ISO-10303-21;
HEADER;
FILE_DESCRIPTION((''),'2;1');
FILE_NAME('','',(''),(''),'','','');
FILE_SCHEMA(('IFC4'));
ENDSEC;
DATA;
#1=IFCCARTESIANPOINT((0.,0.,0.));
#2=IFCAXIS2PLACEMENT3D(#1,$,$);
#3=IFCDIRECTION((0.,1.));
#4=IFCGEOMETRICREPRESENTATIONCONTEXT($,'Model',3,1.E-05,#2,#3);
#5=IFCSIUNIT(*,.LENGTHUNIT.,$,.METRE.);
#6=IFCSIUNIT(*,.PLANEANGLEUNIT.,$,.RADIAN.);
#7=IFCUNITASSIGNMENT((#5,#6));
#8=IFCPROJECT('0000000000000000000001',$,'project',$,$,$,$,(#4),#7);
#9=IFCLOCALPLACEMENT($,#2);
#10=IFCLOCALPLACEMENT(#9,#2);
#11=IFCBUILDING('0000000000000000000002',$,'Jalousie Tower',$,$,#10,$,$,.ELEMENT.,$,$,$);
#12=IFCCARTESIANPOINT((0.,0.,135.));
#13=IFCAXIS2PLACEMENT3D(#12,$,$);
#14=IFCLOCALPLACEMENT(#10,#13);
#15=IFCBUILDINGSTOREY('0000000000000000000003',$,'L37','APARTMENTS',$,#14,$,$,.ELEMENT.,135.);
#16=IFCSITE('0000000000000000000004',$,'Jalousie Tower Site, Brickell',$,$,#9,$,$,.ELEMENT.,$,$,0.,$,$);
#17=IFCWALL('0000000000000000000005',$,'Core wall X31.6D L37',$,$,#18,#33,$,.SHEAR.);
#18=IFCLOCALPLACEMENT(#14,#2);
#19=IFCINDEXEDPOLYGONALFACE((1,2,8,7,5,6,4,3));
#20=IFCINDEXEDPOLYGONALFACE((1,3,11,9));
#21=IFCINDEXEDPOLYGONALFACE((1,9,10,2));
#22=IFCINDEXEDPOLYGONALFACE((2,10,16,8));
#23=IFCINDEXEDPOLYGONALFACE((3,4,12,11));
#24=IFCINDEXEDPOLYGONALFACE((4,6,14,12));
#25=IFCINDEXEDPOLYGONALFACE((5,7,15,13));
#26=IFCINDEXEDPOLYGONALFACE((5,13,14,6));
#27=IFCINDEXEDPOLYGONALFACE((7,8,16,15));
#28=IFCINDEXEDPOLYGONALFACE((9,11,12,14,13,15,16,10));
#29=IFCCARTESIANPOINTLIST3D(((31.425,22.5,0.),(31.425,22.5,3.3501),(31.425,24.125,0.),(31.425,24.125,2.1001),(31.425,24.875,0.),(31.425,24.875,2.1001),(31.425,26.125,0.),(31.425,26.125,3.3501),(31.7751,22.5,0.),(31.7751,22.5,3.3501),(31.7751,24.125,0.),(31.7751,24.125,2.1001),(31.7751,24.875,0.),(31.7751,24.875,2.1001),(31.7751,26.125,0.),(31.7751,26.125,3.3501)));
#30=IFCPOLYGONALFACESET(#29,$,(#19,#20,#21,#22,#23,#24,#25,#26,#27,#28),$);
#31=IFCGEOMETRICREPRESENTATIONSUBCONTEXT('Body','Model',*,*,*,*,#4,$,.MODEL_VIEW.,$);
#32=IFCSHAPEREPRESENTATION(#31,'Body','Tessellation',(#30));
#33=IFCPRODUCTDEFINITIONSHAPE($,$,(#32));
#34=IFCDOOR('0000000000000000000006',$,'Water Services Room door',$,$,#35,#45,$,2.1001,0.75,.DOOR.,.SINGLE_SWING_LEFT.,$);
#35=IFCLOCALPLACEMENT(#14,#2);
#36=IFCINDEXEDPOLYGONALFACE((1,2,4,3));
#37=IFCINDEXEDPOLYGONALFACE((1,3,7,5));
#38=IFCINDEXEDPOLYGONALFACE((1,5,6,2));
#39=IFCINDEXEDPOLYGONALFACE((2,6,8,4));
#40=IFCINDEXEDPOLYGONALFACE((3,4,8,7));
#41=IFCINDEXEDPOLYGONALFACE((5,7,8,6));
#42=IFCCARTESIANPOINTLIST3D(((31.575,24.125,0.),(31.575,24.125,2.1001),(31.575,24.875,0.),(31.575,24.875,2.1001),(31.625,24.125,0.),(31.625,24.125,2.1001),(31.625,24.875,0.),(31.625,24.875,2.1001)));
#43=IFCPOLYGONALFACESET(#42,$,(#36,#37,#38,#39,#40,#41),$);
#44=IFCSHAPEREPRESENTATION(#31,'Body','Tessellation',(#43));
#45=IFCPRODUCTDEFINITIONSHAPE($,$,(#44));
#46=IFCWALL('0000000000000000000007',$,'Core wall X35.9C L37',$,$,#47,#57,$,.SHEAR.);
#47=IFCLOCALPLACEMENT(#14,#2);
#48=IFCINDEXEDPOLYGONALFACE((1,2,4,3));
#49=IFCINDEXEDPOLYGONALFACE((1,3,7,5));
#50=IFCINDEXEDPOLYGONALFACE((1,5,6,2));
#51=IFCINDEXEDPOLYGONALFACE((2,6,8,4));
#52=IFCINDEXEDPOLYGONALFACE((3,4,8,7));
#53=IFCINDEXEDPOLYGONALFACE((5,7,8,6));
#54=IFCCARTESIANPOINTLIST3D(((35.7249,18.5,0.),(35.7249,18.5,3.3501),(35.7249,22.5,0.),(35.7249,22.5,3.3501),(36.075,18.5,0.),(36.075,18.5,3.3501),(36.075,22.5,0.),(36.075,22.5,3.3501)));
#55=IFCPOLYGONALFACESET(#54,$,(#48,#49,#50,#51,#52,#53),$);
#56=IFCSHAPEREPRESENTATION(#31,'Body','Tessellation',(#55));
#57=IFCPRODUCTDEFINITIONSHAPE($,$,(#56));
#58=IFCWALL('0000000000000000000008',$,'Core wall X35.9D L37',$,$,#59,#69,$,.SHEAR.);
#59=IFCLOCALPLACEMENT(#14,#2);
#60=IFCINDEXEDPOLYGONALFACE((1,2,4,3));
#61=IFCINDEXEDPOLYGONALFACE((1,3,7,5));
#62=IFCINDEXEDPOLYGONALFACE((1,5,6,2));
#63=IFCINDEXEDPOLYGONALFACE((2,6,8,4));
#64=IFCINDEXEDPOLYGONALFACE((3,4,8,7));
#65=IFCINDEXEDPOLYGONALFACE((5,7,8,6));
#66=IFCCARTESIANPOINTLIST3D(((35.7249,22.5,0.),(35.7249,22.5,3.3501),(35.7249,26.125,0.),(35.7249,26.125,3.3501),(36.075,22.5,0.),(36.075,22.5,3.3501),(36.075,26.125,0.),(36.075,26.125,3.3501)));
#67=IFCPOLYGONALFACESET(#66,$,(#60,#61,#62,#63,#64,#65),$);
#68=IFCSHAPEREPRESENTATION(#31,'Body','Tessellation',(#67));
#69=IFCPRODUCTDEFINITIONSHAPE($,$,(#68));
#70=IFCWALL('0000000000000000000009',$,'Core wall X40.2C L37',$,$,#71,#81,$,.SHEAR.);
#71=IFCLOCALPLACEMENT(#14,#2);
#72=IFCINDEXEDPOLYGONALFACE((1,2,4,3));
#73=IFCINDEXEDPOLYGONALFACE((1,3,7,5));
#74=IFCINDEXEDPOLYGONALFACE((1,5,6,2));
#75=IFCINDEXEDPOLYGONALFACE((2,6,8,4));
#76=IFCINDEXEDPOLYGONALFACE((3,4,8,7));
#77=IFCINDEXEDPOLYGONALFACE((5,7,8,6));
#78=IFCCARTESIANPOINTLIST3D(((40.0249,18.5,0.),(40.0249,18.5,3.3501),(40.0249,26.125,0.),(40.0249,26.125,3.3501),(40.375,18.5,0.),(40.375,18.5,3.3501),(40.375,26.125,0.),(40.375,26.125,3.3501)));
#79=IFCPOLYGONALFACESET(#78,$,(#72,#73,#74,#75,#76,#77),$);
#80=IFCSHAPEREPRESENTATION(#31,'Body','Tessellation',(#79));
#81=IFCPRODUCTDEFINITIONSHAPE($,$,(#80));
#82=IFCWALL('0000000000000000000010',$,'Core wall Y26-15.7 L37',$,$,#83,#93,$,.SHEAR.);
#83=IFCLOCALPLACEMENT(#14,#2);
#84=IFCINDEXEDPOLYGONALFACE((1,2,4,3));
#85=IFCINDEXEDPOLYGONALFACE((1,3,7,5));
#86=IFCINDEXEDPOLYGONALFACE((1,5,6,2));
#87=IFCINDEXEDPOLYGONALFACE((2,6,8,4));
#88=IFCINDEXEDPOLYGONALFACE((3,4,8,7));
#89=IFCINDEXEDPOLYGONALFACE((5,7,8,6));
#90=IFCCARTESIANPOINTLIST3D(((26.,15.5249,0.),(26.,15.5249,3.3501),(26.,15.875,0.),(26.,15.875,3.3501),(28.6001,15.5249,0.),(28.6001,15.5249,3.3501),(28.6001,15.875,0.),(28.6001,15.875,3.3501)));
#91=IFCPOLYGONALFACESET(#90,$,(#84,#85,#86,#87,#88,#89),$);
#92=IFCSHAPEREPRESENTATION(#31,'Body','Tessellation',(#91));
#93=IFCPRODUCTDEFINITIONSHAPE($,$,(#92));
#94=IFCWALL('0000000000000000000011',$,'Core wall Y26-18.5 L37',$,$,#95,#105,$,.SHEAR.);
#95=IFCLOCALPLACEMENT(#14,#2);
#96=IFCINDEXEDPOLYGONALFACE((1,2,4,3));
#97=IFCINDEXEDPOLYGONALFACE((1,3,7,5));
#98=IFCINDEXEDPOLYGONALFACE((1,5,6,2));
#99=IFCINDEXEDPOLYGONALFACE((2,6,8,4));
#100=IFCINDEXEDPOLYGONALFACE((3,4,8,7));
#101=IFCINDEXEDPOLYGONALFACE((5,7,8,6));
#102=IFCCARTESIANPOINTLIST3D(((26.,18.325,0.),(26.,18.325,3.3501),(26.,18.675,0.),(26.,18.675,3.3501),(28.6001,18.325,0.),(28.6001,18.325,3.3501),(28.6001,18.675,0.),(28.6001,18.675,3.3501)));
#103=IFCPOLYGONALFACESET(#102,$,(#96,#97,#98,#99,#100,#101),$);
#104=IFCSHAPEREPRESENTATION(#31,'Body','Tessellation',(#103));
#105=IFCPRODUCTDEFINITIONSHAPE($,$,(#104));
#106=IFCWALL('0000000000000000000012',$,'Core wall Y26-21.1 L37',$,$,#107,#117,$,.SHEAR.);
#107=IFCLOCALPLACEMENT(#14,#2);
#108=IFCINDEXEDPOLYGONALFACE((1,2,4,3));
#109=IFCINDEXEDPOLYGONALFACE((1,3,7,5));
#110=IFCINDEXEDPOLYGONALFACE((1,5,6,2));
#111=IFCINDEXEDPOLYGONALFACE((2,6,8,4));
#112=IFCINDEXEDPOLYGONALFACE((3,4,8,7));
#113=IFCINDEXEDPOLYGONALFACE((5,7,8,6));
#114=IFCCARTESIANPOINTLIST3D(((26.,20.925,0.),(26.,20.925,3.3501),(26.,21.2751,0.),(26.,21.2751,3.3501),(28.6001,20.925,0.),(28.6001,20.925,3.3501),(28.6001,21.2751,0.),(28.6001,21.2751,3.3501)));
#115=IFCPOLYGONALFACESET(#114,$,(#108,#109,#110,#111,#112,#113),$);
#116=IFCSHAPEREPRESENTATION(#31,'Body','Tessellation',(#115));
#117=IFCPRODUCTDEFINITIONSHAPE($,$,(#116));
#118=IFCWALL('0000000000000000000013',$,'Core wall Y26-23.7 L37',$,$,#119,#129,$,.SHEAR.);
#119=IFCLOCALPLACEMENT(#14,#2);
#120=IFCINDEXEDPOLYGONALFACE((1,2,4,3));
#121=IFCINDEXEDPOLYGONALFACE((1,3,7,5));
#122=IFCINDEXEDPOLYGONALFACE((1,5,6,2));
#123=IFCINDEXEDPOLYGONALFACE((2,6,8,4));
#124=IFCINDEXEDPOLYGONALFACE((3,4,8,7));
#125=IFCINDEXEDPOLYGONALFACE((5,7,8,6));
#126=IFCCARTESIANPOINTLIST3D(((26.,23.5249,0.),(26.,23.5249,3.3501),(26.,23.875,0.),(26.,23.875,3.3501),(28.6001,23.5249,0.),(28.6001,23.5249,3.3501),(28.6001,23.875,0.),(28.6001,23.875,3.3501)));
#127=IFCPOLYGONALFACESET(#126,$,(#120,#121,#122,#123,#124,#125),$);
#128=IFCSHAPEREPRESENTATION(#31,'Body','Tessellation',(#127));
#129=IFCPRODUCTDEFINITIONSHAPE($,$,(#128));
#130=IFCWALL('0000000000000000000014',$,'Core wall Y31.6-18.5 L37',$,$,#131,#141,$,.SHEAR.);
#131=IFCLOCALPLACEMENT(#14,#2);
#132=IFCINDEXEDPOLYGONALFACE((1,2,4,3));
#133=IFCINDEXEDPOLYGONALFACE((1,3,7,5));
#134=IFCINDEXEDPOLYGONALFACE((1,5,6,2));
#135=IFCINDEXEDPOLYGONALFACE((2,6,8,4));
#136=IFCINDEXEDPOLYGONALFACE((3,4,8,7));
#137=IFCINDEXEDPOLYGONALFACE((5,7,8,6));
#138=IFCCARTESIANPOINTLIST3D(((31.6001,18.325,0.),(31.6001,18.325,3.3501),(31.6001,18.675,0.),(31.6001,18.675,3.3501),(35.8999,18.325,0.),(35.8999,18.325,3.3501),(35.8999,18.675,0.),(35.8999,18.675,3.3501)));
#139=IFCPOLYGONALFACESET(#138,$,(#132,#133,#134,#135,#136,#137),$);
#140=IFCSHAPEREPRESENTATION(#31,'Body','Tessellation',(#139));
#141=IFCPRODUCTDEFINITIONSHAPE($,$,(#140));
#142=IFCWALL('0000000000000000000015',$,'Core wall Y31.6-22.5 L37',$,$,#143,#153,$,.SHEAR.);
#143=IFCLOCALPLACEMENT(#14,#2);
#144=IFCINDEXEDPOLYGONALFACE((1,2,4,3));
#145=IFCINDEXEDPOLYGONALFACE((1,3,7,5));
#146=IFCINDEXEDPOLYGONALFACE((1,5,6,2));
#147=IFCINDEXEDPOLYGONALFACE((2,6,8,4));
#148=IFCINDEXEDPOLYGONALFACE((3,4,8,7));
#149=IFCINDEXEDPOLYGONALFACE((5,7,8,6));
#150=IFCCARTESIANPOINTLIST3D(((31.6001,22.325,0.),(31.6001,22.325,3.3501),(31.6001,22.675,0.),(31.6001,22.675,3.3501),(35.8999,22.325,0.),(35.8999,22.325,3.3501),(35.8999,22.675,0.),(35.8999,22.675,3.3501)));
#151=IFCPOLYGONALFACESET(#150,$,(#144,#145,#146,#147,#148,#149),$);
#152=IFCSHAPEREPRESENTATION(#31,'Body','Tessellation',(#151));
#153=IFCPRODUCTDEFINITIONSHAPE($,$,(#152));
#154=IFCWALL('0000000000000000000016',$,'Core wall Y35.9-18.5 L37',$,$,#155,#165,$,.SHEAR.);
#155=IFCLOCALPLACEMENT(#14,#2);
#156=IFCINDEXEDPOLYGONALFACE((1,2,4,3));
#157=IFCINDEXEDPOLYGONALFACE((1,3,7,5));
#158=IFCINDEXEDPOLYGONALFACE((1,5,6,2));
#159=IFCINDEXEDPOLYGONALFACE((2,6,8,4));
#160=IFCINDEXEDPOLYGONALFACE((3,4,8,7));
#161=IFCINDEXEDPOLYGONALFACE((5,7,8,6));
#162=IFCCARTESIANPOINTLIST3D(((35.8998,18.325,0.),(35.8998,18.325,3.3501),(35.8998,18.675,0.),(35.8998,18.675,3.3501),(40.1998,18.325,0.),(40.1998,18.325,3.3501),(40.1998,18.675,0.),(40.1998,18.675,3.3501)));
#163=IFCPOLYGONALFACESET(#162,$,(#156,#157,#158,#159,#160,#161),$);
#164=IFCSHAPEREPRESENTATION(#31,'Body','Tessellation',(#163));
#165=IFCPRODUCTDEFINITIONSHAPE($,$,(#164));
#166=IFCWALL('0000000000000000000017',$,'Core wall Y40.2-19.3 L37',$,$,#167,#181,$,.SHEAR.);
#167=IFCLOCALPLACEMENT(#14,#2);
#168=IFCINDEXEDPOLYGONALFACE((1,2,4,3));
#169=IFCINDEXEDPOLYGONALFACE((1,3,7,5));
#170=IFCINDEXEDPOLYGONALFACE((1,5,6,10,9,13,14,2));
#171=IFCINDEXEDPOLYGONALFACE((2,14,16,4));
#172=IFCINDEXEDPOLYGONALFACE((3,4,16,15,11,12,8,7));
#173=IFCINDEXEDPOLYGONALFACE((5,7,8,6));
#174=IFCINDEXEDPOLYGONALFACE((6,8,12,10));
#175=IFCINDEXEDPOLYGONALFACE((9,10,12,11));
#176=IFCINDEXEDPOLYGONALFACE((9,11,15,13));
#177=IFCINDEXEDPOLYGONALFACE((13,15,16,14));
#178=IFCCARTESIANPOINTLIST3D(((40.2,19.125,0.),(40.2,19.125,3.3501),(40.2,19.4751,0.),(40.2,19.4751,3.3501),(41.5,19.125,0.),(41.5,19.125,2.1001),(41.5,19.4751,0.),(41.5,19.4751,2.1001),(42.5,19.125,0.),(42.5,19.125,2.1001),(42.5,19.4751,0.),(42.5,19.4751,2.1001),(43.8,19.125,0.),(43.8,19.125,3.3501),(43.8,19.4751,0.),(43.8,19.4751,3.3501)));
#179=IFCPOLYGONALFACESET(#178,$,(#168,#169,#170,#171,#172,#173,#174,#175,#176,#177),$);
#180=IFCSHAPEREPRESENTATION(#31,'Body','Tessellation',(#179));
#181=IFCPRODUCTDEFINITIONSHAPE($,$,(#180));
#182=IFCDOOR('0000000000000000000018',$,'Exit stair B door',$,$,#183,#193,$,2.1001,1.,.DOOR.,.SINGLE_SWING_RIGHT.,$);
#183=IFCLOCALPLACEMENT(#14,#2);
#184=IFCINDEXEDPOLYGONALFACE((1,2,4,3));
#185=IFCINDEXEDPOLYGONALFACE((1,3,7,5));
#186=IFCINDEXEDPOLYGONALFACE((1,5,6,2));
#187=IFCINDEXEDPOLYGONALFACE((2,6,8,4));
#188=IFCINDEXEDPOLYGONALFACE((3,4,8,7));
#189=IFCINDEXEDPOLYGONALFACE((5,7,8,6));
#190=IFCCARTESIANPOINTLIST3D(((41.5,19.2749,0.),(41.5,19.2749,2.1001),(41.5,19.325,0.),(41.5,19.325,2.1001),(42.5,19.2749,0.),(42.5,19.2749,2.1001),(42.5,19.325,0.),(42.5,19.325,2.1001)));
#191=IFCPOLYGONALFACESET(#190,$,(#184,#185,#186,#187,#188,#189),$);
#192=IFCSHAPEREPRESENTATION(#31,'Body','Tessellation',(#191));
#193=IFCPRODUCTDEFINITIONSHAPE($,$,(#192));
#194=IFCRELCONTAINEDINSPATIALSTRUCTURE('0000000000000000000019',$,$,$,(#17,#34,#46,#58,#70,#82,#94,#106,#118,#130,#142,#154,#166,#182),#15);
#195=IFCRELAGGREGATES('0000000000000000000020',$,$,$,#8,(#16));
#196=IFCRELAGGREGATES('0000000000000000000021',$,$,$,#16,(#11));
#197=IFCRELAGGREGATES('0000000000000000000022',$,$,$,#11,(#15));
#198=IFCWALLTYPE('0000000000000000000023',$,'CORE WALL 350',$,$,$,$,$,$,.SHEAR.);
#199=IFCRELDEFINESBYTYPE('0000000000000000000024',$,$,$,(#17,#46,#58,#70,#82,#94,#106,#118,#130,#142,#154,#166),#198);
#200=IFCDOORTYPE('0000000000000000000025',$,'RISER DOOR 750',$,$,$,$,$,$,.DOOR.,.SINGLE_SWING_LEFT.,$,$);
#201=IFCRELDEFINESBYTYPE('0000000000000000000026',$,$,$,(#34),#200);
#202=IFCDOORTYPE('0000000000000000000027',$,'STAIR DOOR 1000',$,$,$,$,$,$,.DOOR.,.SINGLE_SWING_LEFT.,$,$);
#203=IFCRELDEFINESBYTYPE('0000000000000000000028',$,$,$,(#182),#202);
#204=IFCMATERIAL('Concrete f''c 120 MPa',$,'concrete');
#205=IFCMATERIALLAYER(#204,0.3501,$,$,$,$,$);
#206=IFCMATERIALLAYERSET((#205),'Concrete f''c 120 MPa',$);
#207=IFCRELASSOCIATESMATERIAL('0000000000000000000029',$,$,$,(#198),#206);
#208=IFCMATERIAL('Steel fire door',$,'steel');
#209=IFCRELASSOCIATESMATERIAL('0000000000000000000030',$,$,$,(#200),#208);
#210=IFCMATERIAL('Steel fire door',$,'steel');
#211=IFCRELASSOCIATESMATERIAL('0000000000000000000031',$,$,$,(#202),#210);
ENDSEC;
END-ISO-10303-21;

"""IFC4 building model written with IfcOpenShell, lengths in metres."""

from ifc_helpers import new_model, si_unit, direction, frame, frame_2d, origin, place, context, subcontext, project, spatial, rectangle, extrude, material, layer, layer_set, type_object, element, fill, save


model = new_model("IFC4")

# Units and contexts
model_context = context("Model", 3, precision=1e-05, world=origin(), true_north=direction((0.0, 1.0)))
body_context = subcontext(model_context, "Body", "Model", "MODEL_VIEW")
ifc_project = project(units=[si_unit("LENGTHUNIT", "METRE"), si_unit("PLANEANGLEUNIT", "RADIAN")], contexts=[model_context])

# Site, building, storey
site_placement = place(None, origin())
site = spatial("IfcSite", under=ifc_project, at=site_placement, Name="Jalousie Tower Site, Brickell", CompositionType="ELEMENT", RefElevation=0.0)
building_placement = place(site_placement, origin())
building = spatial("IfcBuilding", under=site, at=building_placement, Name="Jalousie Tower", CompositionType="ELEMENT")
storey_placement = place(building_placement, frame((0.0, 0.0, 135.0)))
storey = spatial("IfcBuildingStorey", under=building, at=storey_placement, Name="L37", Description="APARTMENTS", CompositionType="ELEMENT", Elevation=135.0)

# Shared definitions
ifc_material_1 = material(Name="Concrete f'c 120 MPa", Category="concrete")
ifc_layer_1 = layer(ifc_material_1, 0.3501)
ifc_layer_set_1 = layer_set([ifc_layer_1], Name="Concrete f'c 120 MPa")
wall_type_1 = type_object("IfcWallType", Name="CORE WALL 350", PredefinedType="SHEAR", material=ifc_layer_set_1)

# Wall, opening, door
ifc_material_2 = material(Name="Steel fire door", Category="steel")
door_type_1 = type_object("IfcDoorType", Name="RISER DOOR 750", OperationType="SINGLE_SWING_LEFT", PredefinedType="DOOR", material=ifc_material_2)
wall_1_placement = place(storey_placement, frame((31.6001, 22.5, 0.0), z_axis=(0.0, 0.0, 1.0), x_axis=(0.0, 1.0, 0.0)))
wall_1 = element("IfcWall", 1, at=wall_1_placement, inside=storey, type_object=wall_type_1, Name="Core wall X31.6D L37", PredefinedType="SHEAR", context=body_context, shape_type="SweptSolid", body=[
    extrude(rectangle(XDim=3.625, YDim=0.3501, at=frame_2d((1.8125, 0.0))), origin(), (0.0, 0.0, 1.0), 3.3501),
])
opening_1_placement = place(wall_1_placement, frame((1.625, 0.0, 0.0)))
opening_1 = element("IfcOpeningElement", 2, at=opening_1_placement, cuts=wall_1, PredefinedType="OPENING", context=body_context, shape_type="SweptSolid", body=[
    extrude(rectangle(XDim=0.75, YDim=2.1001, at=frame_2d((0.375, 1.05))), frame((0.0, 0.1851, 0.0), z_axis=(0.0, -1.0, 0.0), x_axis=(1.0, 0.0, 0.0)), (0.0, 0.0, 1.0), 0.3701),
])
door_1_placement = place(opening_1_placement, frame((0.75, 0.0, 0.0), z_axis=(0.0, 0.0, 1.0), x_axis=(-1.0, 0.0, 0.0)))
door_1 = element("IfcDoor", 3, at=door_1_placement, inside=storey, type_object=door_type_1, Name="Water Services Room door", OperationType="SINGLE_SWING_LEFT", OverallHeight=2.1001, OverallWidth=0.75, PredefinedType="DOOR", context=body_context, shape_type="SweptSolid", body=[
    extrude(rectangle(XDim=0.75, YDim=2.1001, at=frame_2d((0.375, 1.05))), frame((0.0, 0.0249, 0.0), z_axis=(0.0, -1.0, 0.0), x_axis=(1.0, 0.0, 0.0)), (0.0, 0.0, 1.0), 0.05),
])
fill(opening_1, door_1)

# Walls
wall_2_placement = place(storey_placement, frame((35.8999, 18.5, 0.0), z_axis=(0.0, 0.0, 1.0), x_axis=(0.0, 1.0, 0.0)))
element("IfcWall", 4, at=wall_2_placement, inside=storey, type_object=wall_type_1, Name="Core wall X35.9C L37", PredefinedType="SHEAR", context=body_context, shape_type="SweptSolid", body=[
    extrude(rectangle(XDim=4.0, YDim=0.3501, at=frame_2d((2.0, 0.0))), origin(), (0.0, 0.0, 1.0), 3.3501),
])
wall_3_placement = place(storey_placement, frame((35.8999, 22.5, 0.0), z_axis=(0.0, 0.0, 1.0), x_axis=(0.0, 1.0, 0.0)))
element("IfcWall", 5, at=wall_3_placement, inside=storey, type_object=wall_type_1, Name="Core wall X35.9D L37", PredefinedType="SHEAR", context=body_context, shape_type="SweptSolid", body=[
    extrude(rectangle(XDim=3.625, YDim=0.3501, at=frame_2d((1.8125, 0.0))), origin(), (0.0, 0.0, 1.0), 3.3501),
])
wall_4_placement = place(storey_placement, frame((40.2, 18.5, 0.0), z_axis=(0.0, 0.0, 1.0), x_axis=(0.0, 1.0, 0.0)))
element("IfcWall", 6, at=wall_4_placement, inside=storey, type_object=wall_type_1, Name="Core wall X40.2C L37", PredefinedType="SHEAR", context=body_context, shape_type="SweptSolid", body=[
    extrude(rectangle(XDim=7.625, YDim=0.3501, at=frame_2d((3.8125, 0.0))), origin(), (0.0, 0.0, 1.0), 3.3501),
])
for number, where, z_axis, x_axis, name in (
    (7, (26.0, 15.7, 0.0), (0.0, 0.0, 1.0), (1.0, 0.0, 0.0), "Core wall Y26-15.7 L37"),
    (8, (26.0, 18.5, 0.0), (0.0, 0.0, 1.0), (1.0, 0.0, 0.0), "Core wall Y26-18.5 L37"),
    (9, (26.0, 21.1001, 0.0), (0.0, 0.0, 1.0), (1.0, 0.0, 0.0), "Core wall Y26-21.1 L37"),
    (10, (26.0, 23.7, 0.0), (0.0, 0.0, 1.0), (1.0, 0.0, 0.0), "Core wall Y26-23.7 L37"),
):
    element("IfcWall", number, at=place(storey_placement, frame(where, z_axis=z_axis, x_axis=x_axis)), inside=storey, type_object=wall_type_1, Name=name, PredefinedType="SHEAR", context=body_context, shape_type="SweptSolid", body=[
        extrude(rectangle(XDim=2.6001, YDim=0.3501, at=frame_2d((1.3, 0.0))), origin(), (0.0, 0.0, 1.0), 3.3501),
    ])
for number, where, z_axis, x_axis, name in (
    (11, (31.6001, 18.5, 0.0), (0.0, 0.0, 1.0), (1.0, 0.0, 0.0), "Core wall Y31.6-18.5 L37"),
    (12, (31.6001, 22.5, 0.0), (0.0, 0.0, 1.0), (1.0, 0.0, 0.0), "Core wall Y31.6-22.5 L37"),
):
    element("IfcWall", number, at=place(storey_placement, frame(where, z_axis=z_axis, x_axis=x_axis)), inside=storey, type_object=wall_type_1, Name=name, PredefinedType="SHEAR", context=body_context, shape_type="SweptSolid", body=[
        extrude(rectangle(XDim=4.2998, YDim=0.3501, at=frame_2d((2.1499, 0.0))), origin(), (0.0, 0.0, 1.0), 3.3501),
    ])
wall_5_placement = place(storey_placement, frame((35.8999, 18.5, 0.0), z_axis=(0.0, 0.0, 1.0), x_axis=(1.0, 0.0, 0.0)))
element("IfcWall", 13, at=wall_5_placement, inside=storey, type_object=wall_type_1, Name="Core wall Y35.9-18.5 L37", PredefinedType="SHEAR", context=body_context, shape_type="SweptSolid", body=[
    extrude(rectangle(XDim=4.3, YDim=0.3501, at=frame_2d((2.1499, 0.0))), origin(), (0.0, 0.0, 1.0), 3.3501),
])

# Wall, opening, door
wall_6_placement = place(storey_placement, frame((40.2, 19.3, 0.0), z_axis=(0.0, 0.0, 1.0), x_axis=(1.0, 0.0, 0.0)))
wall_6 = element("IfcWall", 14, at=wall_6_placement, inside=storey, type_object=wall_type_1, Name="Core wall Y40.2-19.3 L37", PredefinedType="SHEAR", context=body_context, shape_type="SweptSolid", body=[
    extrude(rectangle(XDim=3.6001, YDim=0.3501, at=frame_2d((1.8, 0.0))), origin(), (0.0, 0.0, 1.0), 3.3501),
])
opening_2_placement = place(wall_6_placement, frame((1.3, 0.0, 0.0)))
opening_2 = element("IfcOpeningElement", 15, at=opening_2_placement, cuts=wall_6, PredefinedType="OPENING", context=body_context, shape_type="SweptSolid", body=[
    extrude(rectangle(XDim=1.0, YDim=2.1001, at=frame_2d((0.5, 1.05))), frame((0.0, 0.1851, 0.0), z_axis=(0.0, -1.0, 0.0), x_axis=(1.0, 0.0, 0.0)), (0.0, 0.0, 1.0), 0.3701),
])
ifc_material_3 = material(Name="Steel fire door", Category="steel")
door_type_2 = type_object("IfcDoorType", Name="STAIR DOOR 1000", OperationType="SINGLE_SWING_LEFT", PredefinedType="DOOR", material=ifc_material_3)
door_2_placement = place(opening_2_placement, origin())
door_2 = element("IfcDoor", 16, at=door_2_placement, inside=storey, type_object=door_type_2, Name="Exit stair B door", OperationType="SINGLE_SWING_RIGHT", OverallHeight=2.1001, OverallWidth=1.0, PredefinedType="DOOR", context=body_context, shape_type="SweptSolid", body=[
    extrude(rectangle(XDim=1.0, YDim=2.1001, at=frame_2d((0.5, 1.05))), frame((0.0, 0.0249, 0.0), z_axis=(0.0, -1.0, 0.0), x_axis=(1.0, 0.0, 0.0)), (0.0, 0.0, 1.0), 0.05),
])
fill(opening_2, door_2)

save(model, "model.ifc")
